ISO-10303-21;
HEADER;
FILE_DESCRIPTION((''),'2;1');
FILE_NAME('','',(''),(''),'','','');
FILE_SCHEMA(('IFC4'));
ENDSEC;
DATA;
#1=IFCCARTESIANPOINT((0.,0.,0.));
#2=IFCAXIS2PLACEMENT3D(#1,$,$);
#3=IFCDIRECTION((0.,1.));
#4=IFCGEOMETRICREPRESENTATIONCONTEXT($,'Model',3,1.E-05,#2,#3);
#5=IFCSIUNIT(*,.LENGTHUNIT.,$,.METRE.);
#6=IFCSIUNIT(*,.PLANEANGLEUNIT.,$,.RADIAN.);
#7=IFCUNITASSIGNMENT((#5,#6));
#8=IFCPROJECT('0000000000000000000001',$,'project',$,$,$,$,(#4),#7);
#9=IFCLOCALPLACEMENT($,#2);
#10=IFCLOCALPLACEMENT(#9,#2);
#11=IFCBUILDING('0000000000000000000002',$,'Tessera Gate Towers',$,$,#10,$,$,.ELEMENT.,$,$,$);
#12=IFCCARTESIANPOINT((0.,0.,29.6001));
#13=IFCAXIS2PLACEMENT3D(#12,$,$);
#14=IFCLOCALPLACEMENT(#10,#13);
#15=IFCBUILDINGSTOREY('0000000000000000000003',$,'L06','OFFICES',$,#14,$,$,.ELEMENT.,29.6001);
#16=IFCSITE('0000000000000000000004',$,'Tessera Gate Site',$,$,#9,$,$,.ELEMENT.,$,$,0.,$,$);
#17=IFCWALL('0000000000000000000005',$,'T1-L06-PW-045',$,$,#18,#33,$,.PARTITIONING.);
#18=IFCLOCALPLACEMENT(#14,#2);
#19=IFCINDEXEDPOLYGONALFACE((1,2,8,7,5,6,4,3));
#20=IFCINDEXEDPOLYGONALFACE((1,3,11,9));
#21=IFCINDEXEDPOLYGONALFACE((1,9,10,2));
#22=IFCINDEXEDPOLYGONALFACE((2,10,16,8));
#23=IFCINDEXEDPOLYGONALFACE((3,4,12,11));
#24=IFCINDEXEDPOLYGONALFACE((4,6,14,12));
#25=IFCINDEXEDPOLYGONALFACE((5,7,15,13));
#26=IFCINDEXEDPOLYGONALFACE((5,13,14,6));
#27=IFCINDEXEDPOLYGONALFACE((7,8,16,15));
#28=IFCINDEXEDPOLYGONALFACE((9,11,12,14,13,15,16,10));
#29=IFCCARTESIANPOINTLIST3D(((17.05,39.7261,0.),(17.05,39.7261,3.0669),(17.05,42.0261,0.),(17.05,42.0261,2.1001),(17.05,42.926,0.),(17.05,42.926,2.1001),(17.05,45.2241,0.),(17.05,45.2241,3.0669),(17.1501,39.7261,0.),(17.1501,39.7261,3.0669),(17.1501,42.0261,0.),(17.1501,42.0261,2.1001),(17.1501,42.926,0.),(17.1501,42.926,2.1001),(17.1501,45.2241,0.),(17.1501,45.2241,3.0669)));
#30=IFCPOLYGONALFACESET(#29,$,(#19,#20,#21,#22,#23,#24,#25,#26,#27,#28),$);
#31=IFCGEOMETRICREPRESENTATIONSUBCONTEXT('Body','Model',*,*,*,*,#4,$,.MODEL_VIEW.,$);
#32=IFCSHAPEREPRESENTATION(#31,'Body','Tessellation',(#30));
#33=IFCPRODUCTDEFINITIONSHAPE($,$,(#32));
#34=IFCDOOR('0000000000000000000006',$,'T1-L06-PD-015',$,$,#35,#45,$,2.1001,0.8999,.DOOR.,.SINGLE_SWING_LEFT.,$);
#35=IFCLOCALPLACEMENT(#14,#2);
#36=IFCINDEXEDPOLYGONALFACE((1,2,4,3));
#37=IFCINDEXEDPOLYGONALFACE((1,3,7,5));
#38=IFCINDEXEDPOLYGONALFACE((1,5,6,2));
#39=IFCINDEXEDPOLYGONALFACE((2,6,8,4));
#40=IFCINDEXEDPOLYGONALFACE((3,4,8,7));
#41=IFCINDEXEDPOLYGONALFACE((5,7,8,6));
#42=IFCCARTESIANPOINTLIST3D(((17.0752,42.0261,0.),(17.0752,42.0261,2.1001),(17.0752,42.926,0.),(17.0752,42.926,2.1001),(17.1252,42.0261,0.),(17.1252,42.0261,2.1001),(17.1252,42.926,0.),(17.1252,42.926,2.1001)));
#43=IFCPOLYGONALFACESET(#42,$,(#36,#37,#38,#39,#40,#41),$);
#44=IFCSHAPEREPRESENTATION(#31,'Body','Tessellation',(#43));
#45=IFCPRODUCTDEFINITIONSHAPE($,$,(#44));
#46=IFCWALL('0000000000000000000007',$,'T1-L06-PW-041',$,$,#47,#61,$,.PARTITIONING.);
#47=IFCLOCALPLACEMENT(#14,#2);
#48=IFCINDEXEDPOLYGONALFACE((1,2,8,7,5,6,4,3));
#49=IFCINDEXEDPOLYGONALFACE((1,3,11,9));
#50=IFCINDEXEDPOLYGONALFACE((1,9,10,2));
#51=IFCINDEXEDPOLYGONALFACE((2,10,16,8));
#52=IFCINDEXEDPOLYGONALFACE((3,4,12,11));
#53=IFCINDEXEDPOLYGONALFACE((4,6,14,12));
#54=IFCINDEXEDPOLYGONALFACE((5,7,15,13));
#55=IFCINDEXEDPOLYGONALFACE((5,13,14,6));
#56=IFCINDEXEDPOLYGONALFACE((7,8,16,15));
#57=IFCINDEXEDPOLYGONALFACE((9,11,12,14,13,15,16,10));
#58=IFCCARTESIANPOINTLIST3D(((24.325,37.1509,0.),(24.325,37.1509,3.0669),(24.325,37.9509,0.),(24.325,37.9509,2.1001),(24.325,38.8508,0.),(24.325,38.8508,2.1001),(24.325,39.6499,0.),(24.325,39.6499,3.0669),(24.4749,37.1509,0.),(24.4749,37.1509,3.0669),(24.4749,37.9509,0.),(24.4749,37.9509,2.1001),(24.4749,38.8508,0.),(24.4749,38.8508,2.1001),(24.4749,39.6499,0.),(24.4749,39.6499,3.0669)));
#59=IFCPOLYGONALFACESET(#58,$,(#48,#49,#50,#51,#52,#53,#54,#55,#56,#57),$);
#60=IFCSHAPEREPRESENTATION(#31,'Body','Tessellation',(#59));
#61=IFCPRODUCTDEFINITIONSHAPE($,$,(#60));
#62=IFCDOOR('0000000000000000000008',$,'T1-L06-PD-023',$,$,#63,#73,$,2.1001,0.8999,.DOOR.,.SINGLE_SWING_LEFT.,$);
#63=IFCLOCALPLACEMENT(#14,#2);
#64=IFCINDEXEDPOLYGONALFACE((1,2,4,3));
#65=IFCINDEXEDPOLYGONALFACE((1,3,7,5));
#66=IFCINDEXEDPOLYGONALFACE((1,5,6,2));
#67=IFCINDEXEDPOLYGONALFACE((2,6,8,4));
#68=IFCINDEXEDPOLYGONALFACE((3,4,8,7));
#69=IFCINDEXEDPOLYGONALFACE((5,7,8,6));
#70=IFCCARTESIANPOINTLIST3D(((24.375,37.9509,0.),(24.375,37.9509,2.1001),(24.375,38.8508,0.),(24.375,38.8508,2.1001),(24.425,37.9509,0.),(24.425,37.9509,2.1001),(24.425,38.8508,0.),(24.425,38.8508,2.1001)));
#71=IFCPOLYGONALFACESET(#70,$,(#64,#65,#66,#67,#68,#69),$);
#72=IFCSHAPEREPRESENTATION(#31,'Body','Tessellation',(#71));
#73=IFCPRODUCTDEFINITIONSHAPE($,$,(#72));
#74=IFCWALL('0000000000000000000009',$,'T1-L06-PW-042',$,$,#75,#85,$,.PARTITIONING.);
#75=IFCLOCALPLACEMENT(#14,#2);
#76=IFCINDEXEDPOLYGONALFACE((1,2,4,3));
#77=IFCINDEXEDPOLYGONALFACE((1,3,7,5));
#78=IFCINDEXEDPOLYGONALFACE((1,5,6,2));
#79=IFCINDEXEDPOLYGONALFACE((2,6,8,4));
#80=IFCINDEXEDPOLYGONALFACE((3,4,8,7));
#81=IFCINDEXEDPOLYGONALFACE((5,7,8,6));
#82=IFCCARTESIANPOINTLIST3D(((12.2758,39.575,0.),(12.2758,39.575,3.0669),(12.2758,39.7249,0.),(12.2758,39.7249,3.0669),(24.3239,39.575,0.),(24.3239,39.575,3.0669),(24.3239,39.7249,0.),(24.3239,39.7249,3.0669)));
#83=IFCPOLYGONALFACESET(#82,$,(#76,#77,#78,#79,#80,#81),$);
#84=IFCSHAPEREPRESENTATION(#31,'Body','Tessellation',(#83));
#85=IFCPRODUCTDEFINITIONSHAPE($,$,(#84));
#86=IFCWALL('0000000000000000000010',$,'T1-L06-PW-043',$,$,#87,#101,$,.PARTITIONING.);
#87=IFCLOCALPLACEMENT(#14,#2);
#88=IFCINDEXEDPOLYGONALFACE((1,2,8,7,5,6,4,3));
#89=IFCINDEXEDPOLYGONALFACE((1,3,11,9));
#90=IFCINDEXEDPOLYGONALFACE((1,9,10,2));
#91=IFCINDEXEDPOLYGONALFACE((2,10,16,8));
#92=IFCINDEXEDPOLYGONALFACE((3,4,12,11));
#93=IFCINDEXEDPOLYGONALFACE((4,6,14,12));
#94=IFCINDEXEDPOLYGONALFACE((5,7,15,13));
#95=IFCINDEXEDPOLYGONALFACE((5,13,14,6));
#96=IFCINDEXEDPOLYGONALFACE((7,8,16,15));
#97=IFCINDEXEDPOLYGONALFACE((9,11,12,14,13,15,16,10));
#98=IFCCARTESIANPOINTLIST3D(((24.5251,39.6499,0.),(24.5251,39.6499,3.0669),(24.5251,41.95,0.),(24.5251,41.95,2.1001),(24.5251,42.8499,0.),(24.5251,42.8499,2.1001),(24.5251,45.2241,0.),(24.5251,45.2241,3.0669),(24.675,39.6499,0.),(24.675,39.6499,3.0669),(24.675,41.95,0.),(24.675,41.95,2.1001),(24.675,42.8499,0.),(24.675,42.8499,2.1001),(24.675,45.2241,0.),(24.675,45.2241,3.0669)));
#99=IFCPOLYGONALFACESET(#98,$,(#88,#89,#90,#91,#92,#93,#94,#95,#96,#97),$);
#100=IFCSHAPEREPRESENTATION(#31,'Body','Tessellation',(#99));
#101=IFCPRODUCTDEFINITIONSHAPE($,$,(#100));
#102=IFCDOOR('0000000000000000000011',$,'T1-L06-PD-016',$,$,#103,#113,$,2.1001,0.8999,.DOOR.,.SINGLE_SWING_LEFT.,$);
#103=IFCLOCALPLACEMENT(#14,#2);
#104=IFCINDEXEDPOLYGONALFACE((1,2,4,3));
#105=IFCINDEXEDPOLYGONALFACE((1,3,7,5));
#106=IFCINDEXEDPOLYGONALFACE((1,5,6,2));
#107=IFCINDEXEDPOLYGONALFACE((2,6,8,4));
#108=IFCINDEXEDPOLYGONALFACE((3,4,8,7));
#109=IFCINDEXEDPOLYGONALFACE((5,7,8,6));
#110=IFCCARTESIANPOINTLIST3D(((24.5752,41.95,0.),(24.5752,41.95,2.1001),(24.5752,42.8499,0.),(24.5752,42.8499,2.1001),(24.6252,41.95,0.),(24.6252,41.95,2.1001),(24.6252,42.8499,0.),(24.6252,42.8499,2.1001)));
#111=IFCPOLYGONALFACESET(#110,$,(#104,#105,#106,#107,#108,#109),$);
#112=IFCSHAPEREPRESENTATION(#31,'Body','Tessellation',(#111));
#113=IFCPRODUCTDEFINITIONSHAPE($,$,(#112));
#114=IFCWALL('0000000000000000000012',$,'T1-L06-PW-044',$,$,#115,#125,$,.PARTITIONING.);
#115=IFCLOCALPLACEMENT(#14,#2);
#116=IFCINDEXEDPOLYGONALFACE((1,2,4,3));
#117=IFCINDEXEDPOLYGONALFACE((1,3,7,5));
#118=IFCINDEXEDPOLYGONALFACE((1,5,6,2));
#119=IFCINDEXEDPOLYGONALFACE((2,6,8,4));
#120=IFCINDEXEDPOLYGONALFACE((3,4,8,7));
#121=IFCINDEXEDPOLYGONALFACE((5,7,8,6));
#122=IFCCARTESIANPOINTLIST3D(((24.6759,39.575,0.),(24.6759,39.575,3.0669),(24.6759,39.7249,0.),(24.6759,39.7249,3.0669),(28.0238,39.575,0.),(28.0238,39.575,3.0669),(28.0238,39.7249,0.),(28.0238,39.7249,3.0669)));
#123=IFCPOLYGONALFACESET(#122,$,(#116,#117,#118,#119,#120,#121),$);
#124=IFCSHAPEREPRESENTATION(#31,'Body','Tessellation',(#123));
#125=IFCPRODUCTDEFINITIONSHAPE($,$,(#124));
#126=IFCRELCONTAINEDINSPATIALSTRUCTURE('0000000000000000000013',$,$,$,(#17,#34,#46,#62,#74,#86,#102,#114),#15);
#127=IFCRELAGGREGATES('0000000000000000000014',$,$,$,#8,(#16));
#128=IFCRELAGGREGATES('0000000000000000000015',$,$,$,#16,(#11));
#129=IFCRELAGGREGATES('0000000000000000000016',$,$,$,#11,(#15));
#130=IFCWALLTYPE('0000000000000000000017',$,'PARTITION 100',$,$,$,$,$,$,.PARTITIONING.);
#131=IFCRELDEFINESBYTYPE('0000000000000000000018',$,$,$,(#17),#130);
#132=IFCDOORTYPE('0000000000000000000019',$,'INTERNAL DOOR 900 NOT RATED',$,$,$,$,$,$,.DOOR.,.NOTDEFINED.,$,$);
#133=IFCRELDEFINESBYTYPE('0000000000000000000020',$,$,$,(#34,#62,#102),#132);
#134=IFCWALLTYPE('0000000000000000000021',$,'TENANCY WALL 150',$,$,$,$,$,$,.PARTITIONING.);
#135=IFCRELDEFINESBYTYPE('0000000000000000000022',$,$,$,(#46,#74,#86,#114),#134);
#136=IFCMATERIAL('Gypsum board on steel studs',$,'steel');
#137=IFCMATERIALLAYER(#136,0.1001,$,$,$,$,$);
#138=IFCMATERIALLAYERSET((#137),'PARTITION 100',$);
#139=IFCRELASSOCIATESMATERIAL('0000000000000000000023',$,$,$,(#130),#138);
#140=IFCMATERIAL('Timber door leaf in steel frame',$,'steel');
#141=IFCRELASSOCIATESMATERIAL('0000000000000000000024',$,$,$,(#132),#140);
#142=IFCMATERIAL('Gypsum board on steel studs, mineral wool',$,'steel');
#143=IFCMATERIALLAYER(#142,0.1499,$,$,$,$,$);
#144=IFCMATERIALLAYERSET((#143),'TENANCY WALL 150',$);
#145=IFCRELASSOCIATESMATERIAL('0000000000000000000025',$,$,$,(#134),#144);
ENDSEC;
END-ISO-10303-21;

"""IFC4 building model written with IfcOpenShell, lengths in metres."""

from ifc_helpers import new_model, si_unit, direction, frame, frame_2d, origin, place, context, subcontext, project, spatial, rectangle, extrude, source, transform, mapped, material, layer, layer_set, type_object, element, fill, save


model = new_model("IFC4")

# Units and contexts
model_context = context("Model", 3, precision=1e-05, world=origin(), true_north=direction((0.0, 1.0)))
body_context = subcontext(model_context, "Body", "Model", "MODEL_VIEW")
ifc_project = project(units=[si_unit("LENGTHUNIT", "METRE"), si_unit("PLANEANGLEUNIT", "RADIAN")], contexts=[model_context])

# Site, building, storey
site_placement = place(None, origin())
site = spatial("IfcSite", under=ifc_project, at=site_placement, Name="Tessera Gate Site", CompositionType="ELEMENT", RefElevation=0.0)
building_placement = place(site_placement, origin())
building = spatial("IfcBuilding", under=site, at=building_placement, Name="Tessera Gate Towers", CompositionType="ELEMENT")
storey_placement = place(building_placement, frame((0.0, 0.0, 29.6001)))
storey = spatial("IfcBuildingStorey", under=building, at=storey_placement, Name="L06", Description="OFFICES", CompositionType="ELEMENT", Elevation=29.6001)

# Walls, openings, doors
ifc_material_1 = material(Name="Gypsum board on steel studs", Category="steel")
ifc_layer_1 = layer(ifc_material_1, 0.1001)
ifc_layer_set_1 = layer_set([ifc_layer_1], Name="PARTITION 100")
wall_type_1 = type_object("IfcWallType", Name="PARTITION 100", PredefinedType="PARTITIONING", material=ifc_layer_set_1)
shared_shape_1 = source(origin(), body_context, "Body", "SweptSolid", [
    extrude(rectangle(XDim=0.8999, YDim=2.1001, at=frame_2d((0.45, 1.05))), frame((0.0, 0.0601, 0.0), z_axis=(0.0, -1.0, 0.0), x_axis=(1.0, 0.0, 0.0)), (0.0, 0.0, 1.0), 0.1201),
])
ifc_material_2 = material(Name="Timber door leaf in steel frame", Category="steel")
door_type = type_object("IfcDoorType", Name="INTERNAL DOOR 900 NOT RATED", OperationType="NOTDEFINED", PredefinedType="DOOR", material=ifc_material_2)
shared_shape_2 = source(origin(), body_context, "Body", "SweptSolid", [
    extrude(rectangle(XDim=0.8999, YDim=2.1001, at=frame_2d((0.45, 1.05))), frame((0.0, 0.0249, 0.0), z_axis=(0.0, -1.0, 0.0), x_axis=(1.0, 0.0, 0.0)), (0.0, 0.0, 1.0), 0.05),
])
wall_1_placement = place(storey_placement, frame((17.1001, 39.7261, 0.0), z_axis=(0.0, 0.0, 1.0), x_axis=(0.0, 1.0, 0.0)))
wall_1 = element("IfcWall", 1, at=wall_1_placement, inside=storey, type_object=wall_type_1, Name="T1-L06-PW-045", PredefinedType="PARTITIONING", context=body_context, shape_type="SweptSolid", body=[
    extrude(rectangle(XDim=5.498, YDim=0.1001, at=frame_2d((2.749, 0.0))), origin(), (0.0, 0.0, 1.0), 3.0669),
])
opening_1_placement = place(wall_1_placement, frame((2.3, 0.0, 0.0)))
opening_1 = element("IfcOpeningElement", 2, at=opening_1_placement, cuts=wall_1, PredefinedType="OPENING", context=body_context, shape_type="MappedRepresentation", body=[
    mapped(shared_shape_1, transform((0.0, 0.0, 0.0), scale=1.0)),
])
door_1_placement = place(opening_1_placement, origin())
door_1 = element("IfcDoor", 3, at=door_1_placement, inside=storey, type_object=door_type, Name="T1-L06-PD-015", OperationType="SINGLE_SWING_LEFT", OverallHeight=2.1001, OverallWidth=0.8999, PredefinedType="DOOR", context=body_context, shape_type="MappedRepresentation", body=[
    mapped(shared_shape_2, transform((0.0, 0.0, 0.0), scale=1.0)),
])
fill(opening_1, door_1)
ifc_material_3 = material(Name="Gypsum board on steel studs, mineral wool", Category="steel")
ifc_layer_2 = layer(ifc_material_3, 0.1499)
ifc_layer_set_2 = layer_set([ifc_layer_2], Name="TENANCY WALL 150")
wall_type_2 = type_object("IfcWallType", Name="TENANCY WALL 150", PredefinedType="PARTITIONING", material=ifc_layer_set_2)
wall_2_placement = place(storey_placement, frame((24.3999, 37.1509, 0.0), z_axis=(0.0, 0.0, 1.0), x_axis=(0.0, 1.0, 0.0)))
wall_2 = element("IfcWall", 4, at=wall_2_placement, inside=storey, type_object=wall_type_2, Name="T1-L06-PW-041", PredefinedType="PARTITIONING", context=body_context, shape_type="SweptSolid", body=[
    extrude(rectangle(XDim=2.499, YDim=0.1499, at=frame_2d((1.2495, 0.0))), origin(), (0.0, 0.0, 1.0), 3.0669),
])
shared_shape_3 = source(origin(), body_context, "Body", "SweptSolid", [
    extrude(rectangle(XDim=0.8999, YDim=2.1001, at=frame_2d((0.45, 1.05))), frame((0.0, 0.085, 0.0), z_axis=(0.0, -1.0, 0.0), x_axis=(1.0, 0.0, 0.0)), (0.0, 0.0, 1.0), 0.1699),
])
opening_2_placement = place(wall_2_placement, frame((0.8, 0.0, 0.0)))
opening_2 = element("IfcOpeningElement", 5, at=opening_2_placement, cuts=wall_2, PredefinedType="OPENING", context=body_context, shape_type="MappedRepresentation", body=[
    mapped(shared_shape_3, transform((0.0, 0.0, 0.0), scale=1.0)),
])
door_2_placement = place(opening_2_placement, origin())
door_2 = element("IfcDoor", 6, at=door_2_placement, inside=storey, type_object=door_type, Name="T1-L06-PD-023", OperationType="SINGLE_SWING_LEFT", OverallHeight=2.1001, OverallWidth=0.8999, PredefinedType="DOOR", context=body_context, shape_type="MappedRepresentation", body=[
    mapped(shared_shape_2, transform((0.0, 0.0, 0.0), scale=1.0)),
])
fill(opening_2, door_2)

# Wall
wall_3_placement = place(storey_placement, frame((12.2759, 39.6499, 0.0), z_axis=(0.0, 0.0, 1.0), x_axis=(1.0, 0.0, 0.0)))
element("IfcWall", 7, at=wall_3_placement, inside=storey, type_object=wall_type_2, Name="T1-L06-PW-042", PredefinedType="PARTITIONING", context=body_context, shape_type="SweptSolid", body=[
    extrude(rectangle(XDim=12.0481, YDim=0.1499, at=frame_2d((6.0239, 0.0))), origin(), (0.0, 0.0, 1.0), 3.0669),
])

# Wall, opening, door
wall_4_placement = place(storey_placement, frame((24.6001, 39.6499, 0.0), z_axis=(0.0, 0.0, 1.0), x_axis=(0.0, 1.0, 0.0)))
wall_4 = element("IfcWall", 8, at=wall_4_placement, inside=storey, type_object=wall_type_2, Name="T1-L06-PW-043", PredefinedType="PARTITIONING", context=body_context, shape_type="SweptSolid", body=[
    extrude(rectangle(XDim=5.5742, YDim=0.1499, at=frame_2d((2.7871, 0.0))), origin(), (0.0, 0.0, 1.0), 3.0669),
])
opening_3_placement = place(wall_4_placement, frame((2.3, 0.0, 0.0)))
opening_3 = element("IfcOpeningElement", 9, at=opening_3_placement, cuts=wall_4, PredefinedType="OPENING", context=body_context, shape_type="MappedRepresentation", body=[
    mapped(shared_shape_3, transform((0.0, 0.0, 0.0), scale=1.0)),
])
door_3_placement = place(opening_3_placement, origin())
door_3 = element("IfcDoor", 10, at=door_3_placement, inside=storey, type_object=door_type, Name="T1-L06-PD-016", OperationType="SINGLE_SWING_LEFT", OverallHeight=2.1001, OverallWidth=0.8999, PredefinedType="DOOR", context=body_context, shape_type="MappedRepresentation", body=[
    mapped(shared_shape_2, transform((0.0, 0.0, 0.0), scale=1.0)),
])
fill(opening_3, door_3)

# Wall
wall_5_placement = place(storey_placement, frame((24.676, 39.6499, 0.0), z_axis=(0.0, 0.0, 1.0), x_axis=(1.0, 0.0, 0.0)))
element("IfcWall", 11, at=wall_5_placement, inside=storey, type_object=wall_type_2, Name="T1-L06-PW-044", PredefinedType="PARTITIONING", context=body_context, shape_type="SweptSolid", body=[
    extrude(rectangle(XDim=3.3479, YDim=0.1499, at=frame_2d((1.6738, 0.0))), origin(), (0.0, 0.0, 1.0), 3.0669),
])

save(model, "model.ifc")
